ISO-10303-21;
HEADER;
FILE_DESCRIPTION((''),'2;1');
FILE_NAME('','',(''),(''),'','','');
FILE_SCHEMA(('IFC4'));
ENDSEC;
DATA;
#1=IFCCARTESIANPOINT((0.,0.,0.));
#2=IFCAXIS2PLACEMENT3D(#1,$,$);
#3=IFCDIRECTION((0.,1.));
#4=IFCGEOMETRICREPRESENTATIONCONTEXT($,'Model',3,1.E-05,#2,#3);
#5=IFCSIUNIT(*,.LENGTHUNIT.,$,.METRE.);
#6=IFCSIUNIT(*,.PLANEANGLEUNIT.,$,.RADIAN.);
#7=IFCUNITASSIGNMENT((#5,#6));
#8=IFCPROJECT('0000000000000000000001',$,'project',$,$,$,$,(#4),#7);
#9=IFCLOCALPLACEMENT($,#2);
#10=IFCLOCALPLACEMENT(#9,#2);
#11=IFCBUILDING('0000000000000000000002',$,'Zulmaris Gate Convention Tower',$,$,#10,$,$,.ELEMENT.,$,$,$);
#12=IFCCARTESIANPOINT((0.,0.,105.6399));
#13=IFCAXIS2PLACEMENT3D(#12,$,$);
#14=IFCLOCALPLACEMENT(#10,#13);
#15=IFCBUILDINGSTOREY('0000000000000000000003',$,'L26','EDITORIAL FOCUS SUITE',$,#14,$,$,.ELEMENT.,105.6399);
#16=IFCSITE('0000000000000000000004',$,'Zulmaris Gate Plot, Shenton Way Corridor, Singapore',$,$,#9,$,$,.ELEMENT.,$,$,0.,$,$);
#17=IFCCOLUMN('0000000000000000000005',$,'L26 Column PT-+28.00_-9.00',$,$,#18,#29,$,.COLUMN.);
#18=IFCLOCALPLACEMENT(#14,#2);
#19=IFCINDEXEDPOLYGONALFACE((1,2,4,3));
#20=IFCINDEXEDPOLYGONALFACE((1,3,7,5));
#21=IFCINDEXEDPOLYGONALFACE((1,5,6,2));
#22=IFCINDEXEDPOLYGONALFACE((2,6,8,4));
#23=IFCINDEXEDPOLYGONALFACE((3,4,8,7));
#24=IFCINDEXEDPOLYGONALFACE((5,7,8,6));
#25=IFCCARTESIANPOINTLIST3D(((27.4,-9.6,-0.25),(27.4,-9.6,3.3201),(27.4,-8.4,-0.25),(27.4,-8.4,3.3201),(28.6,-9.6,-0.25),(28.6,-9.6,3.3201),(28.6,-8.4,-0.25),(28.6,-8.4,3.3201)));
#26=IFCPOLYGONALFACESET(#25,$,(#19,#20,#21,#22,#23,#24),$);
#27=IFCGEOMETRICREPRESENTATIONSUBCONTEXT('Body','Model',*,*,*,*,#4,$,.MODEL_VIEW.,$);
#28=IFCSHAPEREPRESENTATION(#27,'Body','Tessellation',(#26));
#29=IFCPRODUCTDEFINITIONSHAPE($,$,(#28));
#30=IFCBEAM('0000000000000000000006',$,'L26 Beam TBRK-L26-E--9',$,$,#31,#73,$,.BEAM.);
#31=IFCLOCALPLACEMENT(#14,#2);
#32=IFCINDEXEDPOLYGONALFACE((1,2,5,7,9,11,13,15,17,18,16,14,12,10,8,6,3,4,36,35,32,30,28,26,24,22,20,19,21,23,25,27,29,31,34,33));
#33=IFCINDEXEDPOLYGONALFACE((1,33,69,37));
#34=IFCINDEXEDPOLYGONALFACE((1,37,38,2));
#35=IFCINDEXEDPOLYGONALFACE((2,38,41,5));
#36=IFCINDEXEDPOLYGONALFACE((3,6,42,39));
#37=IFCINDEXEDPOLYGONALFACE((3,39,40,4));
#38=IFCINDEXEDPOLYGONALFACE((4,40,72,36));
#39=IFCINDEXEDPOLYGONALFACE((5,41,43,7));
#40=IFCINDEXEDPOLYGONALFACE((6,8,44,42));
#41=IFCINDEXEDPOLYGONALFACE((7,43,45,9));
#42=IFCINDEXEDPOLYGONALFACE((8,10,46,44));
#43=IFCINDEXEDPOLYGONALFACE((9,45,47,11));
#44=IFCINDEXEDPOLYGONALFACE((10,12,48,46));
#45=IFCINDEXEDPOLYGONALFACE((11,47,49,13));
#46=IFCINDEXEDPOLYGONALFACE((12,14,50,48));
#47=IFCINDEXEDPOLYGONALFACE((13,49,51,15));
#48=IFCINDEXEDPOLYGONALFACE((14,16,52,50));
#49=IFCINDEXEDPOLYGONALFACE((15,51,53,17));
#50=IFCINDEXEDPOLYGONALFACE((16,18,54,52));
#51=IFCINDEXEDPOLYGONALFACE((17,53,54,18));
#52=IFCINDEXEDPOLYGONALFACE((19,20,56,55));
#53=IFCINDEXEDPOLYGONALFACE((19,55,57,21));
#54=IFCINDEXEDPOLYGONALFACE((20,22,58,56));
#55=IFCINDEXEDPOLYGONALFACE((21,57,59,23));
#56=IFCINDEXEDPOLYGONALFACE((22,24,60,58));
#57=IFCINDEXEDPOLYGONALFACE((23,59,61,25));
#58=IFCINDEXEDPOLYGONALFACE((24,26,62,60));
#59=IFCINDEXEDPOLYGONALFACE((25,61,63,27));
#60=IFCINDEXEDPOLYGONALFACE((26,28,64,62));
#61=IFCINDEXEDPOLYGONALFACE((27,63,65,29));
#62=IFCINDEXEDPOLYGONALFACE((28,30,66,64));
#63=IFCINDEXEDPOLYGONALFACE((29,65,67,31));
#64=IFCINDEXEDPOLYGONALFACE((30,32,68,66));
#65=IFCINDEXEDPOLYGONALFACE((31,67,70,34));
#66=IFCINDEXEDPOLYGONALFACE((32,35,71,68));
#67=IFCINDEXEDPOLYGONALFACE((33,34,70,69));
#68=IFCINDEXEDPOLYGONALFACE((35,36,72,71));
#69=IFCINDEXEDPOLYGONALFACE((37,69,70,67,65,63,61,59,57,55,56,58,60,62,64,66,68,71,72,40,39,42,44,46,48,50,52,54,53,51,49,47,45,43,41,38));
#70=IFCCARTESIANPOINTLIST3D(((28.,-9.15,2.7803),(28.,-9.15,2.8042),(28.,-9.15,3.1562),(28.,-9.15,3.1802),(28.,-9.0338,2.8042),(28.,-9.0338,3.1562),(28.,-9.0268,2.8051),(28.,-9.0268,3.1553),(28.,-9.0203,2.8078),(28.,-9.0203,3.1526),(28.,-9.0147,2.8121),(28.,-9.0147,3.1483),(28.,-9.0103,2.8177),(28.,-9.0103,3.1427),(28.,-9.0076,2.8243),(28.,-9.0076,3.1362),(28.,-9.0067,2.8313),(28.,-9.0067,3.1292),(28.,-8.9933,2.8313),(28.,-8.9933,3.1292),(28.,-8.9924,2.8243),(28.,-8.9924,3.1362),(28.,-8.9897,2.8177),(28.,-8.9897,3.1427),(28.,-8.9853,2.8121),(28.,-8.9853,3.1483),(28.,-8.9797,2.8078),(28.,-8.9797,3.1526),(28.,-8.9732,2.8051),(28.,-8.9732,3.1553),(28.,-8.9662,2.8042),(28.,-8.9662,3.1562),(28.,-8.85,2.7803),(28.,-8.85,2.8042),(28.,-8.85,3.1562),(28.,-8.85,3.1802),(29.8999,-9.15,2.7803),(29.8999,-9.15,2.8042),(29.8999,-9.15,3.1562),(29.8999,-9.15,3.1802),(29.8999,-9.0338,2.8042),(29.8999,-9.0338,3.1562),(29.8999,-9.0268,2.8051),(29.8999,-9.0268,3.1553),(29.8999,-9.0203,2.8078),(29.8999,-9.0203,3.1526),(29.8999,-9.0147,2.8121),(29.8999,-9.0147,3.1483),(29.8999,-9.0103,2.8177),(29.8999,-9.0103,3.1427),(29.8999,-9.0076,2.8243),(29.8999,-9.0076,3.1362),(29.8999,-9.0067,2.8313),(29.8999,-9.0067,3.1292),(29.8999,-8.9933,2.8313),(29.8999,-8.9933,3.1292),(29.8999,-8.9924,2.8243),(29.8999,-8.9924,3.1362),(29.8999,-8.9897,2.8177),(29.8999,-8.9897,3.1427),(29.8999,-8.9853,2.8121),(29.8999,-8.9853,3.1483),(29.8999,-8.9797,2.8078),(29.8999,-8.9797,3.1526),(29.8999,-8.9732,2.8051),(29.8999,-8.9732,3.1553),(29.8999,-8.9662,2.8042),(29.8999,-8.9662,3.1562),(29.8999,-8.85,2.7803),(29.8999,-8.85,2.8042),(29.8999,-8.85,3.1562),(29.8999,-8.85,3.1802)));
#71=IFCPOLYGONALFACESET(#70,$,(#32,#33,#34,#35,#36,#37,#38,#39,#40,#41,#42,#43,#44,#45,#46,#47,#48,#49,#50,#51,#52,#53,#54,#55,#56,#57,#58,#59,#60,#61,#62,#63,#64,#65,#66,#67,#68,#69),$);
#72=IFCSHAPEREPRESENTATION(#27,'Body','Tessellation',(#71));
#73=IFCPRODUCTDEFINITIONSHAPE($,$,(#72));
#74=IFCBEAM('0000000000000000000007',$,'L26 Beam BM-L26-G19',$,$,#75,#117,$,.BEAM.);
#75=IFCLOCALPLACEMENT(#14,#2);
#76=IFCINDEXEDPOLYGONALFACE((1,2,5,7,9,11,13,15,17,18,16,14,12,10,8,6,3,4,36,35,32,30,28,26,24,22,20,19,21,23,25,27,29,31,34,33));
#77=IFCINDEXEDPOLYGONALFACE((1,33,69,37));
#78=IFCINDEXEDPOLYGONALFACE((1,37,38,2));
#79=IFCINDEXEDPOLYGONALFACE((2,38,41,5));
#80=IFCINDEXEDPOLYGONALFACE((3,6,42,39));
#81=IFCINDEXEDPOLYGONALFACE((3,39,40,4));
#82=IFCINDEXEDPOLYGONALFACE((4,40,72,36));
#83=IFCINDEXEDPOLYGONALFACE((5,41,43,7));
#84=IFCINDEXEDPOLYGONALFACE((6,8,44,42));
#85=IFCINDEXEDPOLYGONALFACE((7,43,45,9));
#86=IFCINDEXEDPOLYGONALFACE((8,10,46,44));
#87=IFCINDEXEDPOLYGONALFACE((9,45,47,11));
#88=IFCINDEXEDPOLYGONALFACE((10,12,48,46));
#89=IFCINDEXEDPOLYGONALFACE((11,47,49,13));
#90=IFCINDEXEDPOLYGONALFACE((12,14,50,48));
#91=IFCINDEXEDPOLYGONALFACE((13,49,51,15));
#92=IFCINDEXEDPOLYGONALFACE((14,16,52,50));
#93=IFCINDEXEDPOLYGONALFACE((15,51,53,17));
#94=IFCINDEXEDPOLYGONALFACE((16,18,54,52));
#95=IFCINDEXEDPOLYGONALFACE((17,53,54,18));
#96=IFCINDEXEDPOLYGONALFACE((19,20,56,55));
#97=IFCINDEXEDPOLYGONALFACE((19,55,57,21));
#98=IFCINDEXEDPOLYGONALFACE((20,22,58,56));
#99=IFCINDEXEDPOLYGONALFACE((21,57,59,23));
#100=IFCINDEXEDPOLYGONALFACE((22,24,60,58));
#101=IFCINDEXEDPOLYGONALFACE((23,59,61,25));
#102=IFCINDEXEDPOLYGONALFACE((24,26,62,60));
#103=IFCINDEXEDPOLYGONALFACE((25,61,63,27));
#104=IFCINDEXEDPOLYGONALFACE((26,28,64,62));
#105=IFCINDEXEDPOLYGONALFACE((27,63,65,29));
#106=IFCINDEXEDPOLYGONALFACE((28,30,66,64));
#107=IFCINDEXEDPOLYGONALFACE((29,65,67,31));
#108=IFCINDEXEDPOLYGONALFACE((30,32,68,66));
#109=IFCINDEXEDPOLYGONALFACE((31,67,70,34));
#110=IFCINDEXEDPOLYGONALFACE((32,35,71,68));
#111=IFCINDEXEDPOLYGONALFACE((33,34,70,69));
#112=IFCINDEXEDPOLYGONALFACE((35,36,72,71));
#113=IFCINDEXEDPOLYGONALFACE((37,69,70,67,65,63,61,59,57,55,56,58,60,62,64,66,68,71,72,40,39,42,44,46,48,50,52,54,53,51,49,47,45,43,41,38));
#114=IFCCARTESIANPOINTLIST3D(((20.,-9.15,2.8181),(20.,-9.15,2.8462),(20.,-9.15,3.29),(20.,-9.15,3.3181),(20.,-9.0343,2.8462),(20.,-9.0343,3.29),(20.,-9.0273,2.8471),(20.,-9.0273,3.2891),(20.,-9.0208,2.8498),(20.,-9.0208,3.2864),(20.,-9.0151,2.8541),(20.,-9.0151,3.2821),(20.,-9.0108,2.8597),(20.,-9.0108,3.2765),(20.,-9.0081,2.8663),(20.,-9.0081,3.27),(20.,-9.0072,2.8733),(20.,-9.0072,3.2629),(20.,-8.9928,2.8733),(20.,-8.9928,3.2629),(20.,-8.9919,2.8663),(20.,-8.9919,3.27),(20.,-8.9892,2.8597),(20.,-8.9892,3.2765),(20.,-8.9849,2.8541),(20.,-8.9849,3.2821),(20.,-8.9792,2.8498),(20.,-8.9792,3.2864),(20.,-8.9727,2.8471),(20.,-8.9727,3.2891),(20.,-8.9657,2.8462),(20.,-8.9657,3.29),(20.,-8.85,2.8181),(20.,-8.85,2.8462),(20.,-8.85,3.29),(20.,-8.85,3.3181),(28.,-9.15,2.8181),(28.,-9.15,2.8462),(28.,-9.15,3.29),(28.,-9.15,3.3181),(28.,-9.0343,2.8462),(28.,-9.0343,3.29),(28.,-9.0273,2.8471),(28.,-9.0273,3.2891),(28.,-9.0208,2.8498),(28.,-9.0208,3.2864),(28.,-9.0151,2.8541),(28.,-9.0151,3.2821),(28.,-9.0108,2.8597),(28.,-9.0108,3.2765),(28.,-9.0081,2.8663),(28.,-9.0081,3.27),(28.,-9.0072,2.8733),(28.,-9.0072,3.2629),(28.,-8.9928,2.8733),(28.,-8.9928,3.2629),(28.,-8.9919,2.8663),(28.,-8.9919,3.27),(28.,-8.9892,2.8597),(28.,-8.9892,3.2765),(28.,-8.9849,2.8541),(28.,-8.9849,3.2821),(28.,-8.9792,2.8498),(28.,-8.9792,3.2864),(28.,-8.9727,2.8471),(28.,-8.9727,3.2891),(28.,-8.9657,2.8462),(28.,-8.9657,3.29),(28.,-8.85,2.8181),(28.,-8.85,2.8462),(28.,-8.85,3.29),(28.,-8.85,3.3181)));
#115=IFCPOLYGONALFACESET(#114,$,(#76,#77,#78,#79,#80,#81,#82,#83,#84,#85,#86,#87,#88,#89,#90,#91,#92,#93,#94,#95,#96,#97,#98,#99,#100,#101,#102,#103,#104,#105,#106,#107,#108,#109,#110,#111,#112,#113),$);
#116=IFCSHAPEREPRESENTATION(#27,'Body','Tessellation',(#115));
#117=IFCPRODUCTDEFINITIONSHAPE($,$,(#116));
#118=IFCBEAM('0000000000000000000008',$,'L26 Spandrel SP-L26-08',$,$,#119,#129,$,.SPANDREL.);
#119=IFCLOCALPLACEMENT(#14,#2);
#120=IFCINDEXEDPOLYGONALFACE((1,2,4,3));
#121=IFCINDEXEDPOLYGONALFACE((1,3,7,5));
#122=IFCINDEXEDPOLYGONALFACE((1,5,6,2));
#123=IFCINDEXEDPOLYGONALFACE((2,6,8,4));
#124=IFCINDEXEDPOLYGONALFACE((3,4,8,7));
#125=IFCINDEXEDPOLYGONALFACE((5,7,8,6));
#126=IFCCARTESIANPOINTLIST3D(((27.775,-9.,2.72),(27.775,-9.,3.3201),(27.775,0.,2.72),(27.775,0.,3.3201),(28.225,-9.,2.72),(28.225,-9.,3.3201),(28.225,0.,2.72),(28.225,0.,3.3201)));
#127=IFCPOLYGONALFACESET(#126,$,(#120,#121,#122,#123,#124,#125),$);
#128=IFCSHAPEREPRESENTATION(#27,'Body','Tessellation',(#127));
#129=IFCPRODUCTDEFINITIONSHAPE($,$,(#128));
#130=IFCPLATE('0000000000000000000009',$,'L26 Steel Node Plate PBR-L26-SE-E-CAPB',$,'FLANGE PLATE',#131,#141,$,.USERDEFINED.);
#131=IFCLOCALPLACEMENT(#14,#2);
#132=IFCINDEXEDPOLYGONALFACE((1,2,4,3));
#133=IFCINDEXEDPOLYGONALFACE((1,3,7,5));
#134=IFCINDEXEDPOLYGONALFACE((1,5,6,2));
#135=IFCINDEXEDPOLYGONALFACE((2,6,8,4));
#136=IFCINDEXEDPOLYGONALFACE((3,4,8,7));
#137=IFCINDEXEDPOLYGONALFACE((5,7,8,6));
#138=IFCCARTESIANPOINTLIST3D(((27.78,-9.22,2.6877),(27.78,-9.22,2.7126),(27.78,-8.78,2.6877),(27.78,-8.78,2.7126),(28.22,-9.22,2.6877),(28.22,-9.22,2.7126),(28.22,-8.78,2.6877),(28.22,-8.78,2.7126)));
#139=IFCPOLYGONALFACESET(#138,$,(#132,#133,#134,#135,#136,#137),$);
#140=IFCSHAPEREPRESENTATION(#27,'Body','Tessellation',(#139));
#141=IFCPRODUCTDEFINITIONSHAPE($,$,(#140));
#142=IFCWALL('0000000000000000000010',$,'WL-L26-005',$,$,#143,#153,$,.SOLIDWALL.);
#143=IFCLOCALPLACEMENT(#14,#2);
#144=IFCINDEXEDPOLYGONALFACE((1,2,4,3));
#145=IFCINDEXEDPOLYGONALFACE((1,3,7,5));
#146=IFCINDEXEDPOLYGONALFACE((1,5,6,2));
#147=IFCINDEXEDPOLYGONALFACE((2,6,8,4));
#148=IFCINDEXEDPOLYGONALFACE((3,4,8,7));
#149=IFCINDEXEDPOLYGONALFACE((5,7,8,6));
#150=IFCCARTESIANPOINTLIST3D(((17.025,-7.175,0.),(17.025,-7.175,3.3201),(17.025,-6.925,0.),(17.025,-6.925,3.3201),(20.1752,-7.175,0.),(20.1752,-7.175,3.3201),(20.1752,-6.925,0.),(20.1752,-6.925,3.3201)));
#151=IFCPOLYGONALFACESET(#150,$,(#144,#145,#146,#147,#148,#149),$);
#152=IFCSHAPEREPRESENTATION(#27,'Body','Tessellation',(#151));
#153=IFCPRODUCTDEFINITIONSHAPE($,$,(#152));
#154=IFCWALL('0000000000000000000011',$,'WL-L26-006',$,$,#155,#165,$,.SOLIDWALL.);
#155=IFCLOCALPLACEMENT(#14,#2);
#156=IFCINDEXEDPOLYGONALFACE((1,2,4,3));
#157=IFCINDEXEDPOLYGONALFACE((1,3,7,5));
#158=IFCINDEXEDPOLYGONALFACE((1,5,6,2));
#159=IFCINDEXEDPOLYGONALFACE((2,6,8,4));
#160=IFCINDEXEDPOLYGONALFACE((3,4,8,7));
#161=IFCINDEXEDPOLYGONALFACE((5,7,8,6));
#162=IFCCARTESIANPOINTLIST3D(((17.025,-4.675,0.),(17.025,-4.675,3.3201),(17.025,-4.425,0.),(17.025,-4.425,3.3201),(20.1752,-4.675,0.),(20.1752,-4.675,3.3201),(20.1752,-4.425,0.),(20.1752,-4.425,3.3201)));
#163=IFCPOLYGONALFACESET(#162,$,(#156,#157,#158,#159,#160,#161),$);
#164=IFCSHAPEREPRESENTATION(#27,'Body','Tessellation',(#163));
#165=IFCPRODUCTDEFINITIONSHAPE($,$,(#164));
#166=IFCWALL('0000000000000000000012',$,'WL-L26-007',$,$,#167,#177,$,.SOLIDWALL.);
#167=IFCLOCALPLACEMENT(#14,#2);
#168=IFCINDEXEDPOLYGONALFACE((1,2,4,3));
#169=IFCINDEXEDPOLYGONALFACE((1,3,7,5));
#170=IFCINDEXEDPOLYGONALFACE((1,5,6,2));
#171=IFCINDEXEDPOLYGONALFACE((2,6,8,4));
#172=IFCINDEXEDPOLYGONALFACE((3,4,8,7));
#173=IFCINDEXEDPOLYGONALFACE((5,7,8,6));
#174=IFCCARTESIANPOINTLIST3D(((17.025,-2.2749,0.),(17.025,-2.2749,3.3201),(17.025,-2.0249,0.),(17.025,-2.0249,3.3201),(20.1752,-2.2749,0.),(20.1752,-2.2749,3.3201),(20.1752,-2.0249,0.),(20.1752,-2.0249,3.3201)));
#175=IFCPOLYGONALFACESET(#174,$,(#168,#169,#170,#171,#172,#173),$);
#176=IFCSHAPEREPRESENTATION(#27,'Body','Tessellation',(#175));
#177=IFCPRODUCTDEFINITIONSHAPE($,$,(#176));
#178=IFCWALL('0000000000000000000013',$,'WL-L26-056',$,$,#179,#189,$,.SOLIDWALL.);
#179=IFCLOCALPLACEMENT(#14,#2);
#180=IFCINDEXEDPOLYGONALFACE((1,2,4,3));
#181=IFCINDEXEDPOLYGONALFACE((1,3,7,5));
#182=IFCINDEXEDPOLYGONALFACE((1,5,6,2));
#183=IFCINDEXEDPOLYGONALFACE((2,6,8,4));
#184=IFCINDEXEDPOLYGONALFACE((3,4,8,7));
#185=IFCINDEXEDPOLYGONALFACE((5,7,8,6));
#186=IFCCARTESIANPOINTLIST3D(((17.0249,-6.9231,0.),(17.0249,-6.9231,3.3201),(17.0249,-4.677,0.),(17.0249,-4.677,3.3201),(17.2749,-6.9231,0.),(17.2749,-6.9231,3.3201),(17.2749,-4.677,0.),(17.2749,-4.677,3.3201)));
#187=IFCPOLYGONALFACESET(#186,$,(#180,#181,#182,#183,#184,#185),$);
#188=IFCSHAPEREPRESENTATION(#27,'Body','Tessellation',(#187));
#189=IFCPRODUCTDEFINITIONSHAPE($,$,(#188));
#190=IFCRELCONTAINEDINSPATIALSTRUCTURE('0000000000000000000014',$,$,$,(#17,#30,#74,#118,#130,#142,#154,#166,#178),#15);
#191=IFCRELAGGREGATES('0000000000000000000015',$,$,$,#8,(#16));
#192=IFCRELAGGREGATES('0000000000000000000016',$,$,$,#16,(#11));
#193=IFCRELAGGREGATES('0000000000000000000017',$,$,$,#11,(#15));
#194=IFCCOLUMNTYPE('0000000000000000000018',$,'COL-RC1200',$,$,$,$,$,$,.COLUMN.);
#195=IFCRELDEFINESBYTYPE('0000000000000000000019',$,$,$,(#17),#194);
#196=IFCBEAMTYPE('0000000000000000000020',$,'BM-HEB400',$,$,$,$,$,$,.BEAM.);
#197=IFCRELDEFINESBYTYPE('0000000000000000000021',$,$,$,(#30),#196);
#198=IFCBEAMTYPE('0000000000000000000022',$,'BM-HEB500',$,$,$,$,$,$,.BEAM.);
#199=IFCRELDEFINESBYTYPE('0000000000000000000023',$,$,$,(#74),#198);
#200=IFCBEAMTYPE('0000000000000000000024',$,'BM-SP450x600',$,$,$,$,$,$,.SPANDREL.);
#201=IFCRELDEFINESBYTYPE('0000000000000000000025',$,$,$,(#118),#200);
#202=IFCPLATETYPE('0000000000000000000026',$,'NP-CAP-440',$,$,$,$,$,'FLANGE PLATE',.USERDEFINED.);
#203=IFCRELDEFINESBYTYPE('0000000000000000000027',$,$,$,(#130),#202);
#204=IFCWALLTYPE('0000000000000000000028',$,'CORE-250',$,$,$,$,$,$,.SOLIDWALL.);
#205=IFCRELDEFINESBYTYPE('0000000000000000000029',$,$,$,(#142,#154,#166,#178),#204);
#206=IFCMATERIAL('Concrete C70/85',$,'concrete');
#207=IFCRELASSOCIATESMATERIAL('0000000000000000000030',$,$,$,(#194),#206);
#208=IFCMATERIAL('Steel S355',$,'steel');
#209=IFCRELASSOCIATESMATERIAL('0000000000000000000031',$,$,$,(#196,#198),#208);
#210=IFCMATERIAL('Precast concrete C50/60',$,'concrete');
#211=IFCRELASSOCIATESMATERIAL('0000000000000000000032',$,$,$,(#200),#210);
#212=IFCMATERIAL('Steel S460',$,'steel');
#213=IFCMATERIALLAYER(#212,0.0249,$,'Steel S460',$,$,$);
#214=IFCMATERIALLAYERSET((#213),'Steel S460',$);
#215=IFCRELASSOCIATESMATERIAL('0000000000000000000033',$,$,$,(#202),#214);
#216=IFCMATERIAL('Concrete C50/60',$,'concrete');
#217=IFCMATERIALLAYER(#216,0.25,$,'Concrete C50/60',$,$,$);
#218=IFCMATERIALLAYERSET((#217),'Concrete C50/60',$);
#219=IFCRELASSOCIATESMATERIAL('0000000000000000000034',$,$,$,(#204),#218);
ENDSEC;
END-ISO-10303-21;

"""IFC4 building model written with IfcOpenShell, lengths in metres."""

from ifc_helpers import new_model, si_unit, direction, frame, frame_2d, origin, origin_2d, place, context, subcontext, project, spatial, rectangle, i_section, extrude, material, layer, layer_set, material_profile, profile_set, type_object, element, save


model = new_model("IFC4")

# Units and contexts
model_context = context("Model", 3, precision=1e-05, world=origin(), true_north=direction((0.0, 1.0)))
body_context = subcontext(model_context, "Body", "Model", "MODEL_VIEW")
ifc_project = project(units=[si_unit("LENGTHUNIT", "METRE"), si_unit("PLANEANGLEUNIT", "RADIAN")], contexts=[model_context])

# Site, building, storey
site_placement = place(None, origin())
site = spatial("IfcSite", under=ifc_project, at=site_placement, Name="Zulmaris Gate Plot, Shenton Way Corridor, Singapore", CompositionType="ELEMENT", RefElevation=0.0)
building_placement = place(site_placement, origin())
building = spatial("IfcBuilding", under=site, at=building_placement, Name="Zulmaris Gate Convention Tower", CompositionType="ELEMENT")
storey_placement = place(building_placement, frame((0.0, 0.0, 105.6399)))
storey = spatial("IfcBuildingStorey", under=building, at=storey_placement, Name="L26", Description="EDITORIAL FOCUS SUITE", CompositionType="ELEMENT", Elevation=105.6399)

# Column
ifc_material_1 = material(Name="Concrete C70/85", Category="concrete")
ifc_material_profile_1 = material_profile(ifc_material_1, rectangle(XDim=1.2, YDim=1.2, at=origin_2d()), Name="RC COL 1200x1200")
ifc_profile_set_1 = profile_set([ifc_material_profile_1], Name="Concrete C70/85")
column_type = type_object("IfcColumnType", Name="COL-RC1200", PredefinedType="COLUMN", material=ifc_profile_set_1)
column_placement = place(storey_placement, frame((28.0, -9.0, -0.25), z_axis=(0.0, 0.0, 1.0), x_axis=(1.0, 0.0, 0.0)))
element("IfcColumn", 1, at=column_placement, inside=storey, type_object=column_type, Name="L26 Column PT-+28.00_-9.00", PredefinedType="COLUMN", context=body_context, shape_type="SweptSolid", body=[
    extrude(rectangle(XDim=1.2, YDim=1.2, at=origin_2d()), origin(), (0.0, 0.0, 1.0), 3.5701),
])

# Beams
ifc_material_2 = material(Name="Steel S355", Category="steel")
ifc_material_profile_2 = material_profile(ifc_material_2, i_section(OverallWidth=0.3, OverallDepth=0.3999, WebThickness=0.0134, FlangeThickness=0.0239, FilletRadius=0.0271, at=origin_2d()), Name="HEB 400")
ifc_profile_set_2 = profile_set([ifc_material_profile_2], Name="Steel S355")
beam_type_1 = type_object("IfcBeamType", Name="BM-HEB400", PredefinedType="BEAM", material=ifc_profile_set_2)
beam_1_placement = place(storey_placement, frame((28.0, -9.0, 2.9802), z_axis=(1.0, 0.0, 0.0), x_axis=(0.0, 1.0, 0.0)))
element("IfcBeam", 2, at=beam_1_placement, inside=storey, type_object=beam_type_1, Name="L26 Beam TBRK-L26-E--9", PredefinedType="BEAM", context=body_context, shape_type="SweptSolid", body=[
    extrude(i_section(OverallWidth=0.3, OverallDepth=0.3999, WebThickness=0.0134, FlangeThickness=0.0239, FilletRadius=0.0271, at=origin_2d()), origin(), (0.0, 0.0, 1.0), 1.8999),
])
ifc_material_profile_3 = material_profile(ifc_material_2, i_section(OverallWidth=0.3, OverallDepth=0.5, WebThickness=0.0144, FlangeThickness=0.0281, FilletRadius=0.0271, at=origin_2d()), Name="HEB 500")
ifc_profile_set_3 = profile_set([ifc_material_profile_3], Name="Steel S355")
beam_type_2 = type_object("IfcBeamType", Name="BM-HEB500", PredefinedType="BEAM", material=ifc_profile_set_3)
beam_2_placement = place(storey_placement, frame((20.0, -9.0, 3.0681), z_axis=(1.0, 0.0, 0.0), x_axis=(0.0, 1.0, 0.0)))
element("IfcBeam", 3, at=beam_2_placement, inside=storey, type_object=beam_type_2, Name="L26 Beam BM-L26-G19", PredefinedType="BEAM", context=body_context, shape_type="SweptSolid", body=[
    extrude(i_section(OverallWidth=0.3, OverallDepth=0.5, WebThickness=0.0144, FlangeThickness=0.0281, FilletRadius=0.0271, at=origin_2d()), origin(), (0.0, 0.0, 1.0), 8.0),
])
ifc_material_3 = material(Name="Precast concrete C50/60", Category="concrete")
ifc_material_profile_4 = material_profile(ifc_material_3, rectangle(XDim=0.45, YDim=0.6001, at=origin_2d()), Name="RC SPANDREL 450x600")
ifc_profile_set_4 = profile_set([ifc_material_profile_4], Name="Precast concrete C50/60")
beam_type_3 = type_object("IfcBeamType", Name="BM-SP450x600", PredefinedType="SPANDREL", material=ifc_profile_set_4)
beam_3_placement = place(storey_placement, frame((28.0, -9.0, 3.02), z_axis=(0.0, 1.0, 0.0), x_axis=(-1.0, 0.0, 0.0)))
element("IfcBeam", 4, at=beam_3_placement, inside=storey, type_object=beam_type_3, Name="L26 Spandrel SP-L26-08", PredefinedType="SPANDREL", context=body_context, shape_type="SweptSolid", body=[
    extrude(rectangle(XDim=0.45, YDim=0.6001, at=origin_2d()), origin(), (0.0, 0.0, 1.0), 9.0),
])

# Plate
ifc_material_4 = material(Name="Steel S460", Category="steel")
ifc_layer_1 = layer(ifc_material_4, 0.0249, Name="Steel S460")
ifc_layer_set_1 = layer_set([ifc_layer_1], Name="Steel S460")
plate_type = type_object("IfcPlateType", Name="NP-CAP-440", ElementType="FLANGE PLATE", PredefinedType="USERDEFINED", material=ifc_layer_set_1)
plate_placement = place(storey_placement, frame((28.0, -9.0, 2.6877), z_axis=(0.0, 0.0, 1.0), x_axis=(1.0, 0.0, 0.0)))
element("IfcPlate", 5, at=plate_placement, inside=storey, type_object=plate_type, Name="L26 Steel Node Plate PBR-L26-SE-E-CAPB", ObjectType="FLANGE PLATE", PredefinedType="USERDEFINED", context=body_context, shape_type="SweptSolid", body=[
    extrude(rectangle(XDim=0.4399, YDim=0.4399, at=origin_2d()), origin(), (0.0, 0.0, 1.0), 0.0249),
])

# Walls
ifc_material_5 = material(Name="Concrete C50/60", Category="concrete")
ifc_layer_2 = layer(ifc_material_5, 0.25, Name="Concrete C50/60")
ifc_layer_set_2 = layer_set([ifc_layer_2], Name="Concrete C50/60")
wall_type_1 = type_object("IfcWallType", Name="CORE-250", PredefinedType="SOLIDWALL", material=ifc_layer_set_2)
for number, where, z_axis, x_axis, name in (
    (6, (17.0249, -7.05, 0.0), (0.0, 0.0, 1.0), (1.0, 0.0, 0.0), "WL-L26-005"),
    (7, (17.0249, -4.55, 0.0), (0.0, 0.0, 1.0), (1.0, 0.0, 0.0), "WL-L26-006"),
    (8, (17.0249, -2.1499, 0.0), (0.0, 0.0, 1.0), (1.0, 0.0, 0.0), "WL-L26-007"),
):
    element("IfcWall", number, at=place(storey_placement, frame(where, z_axis=z_axis, x_axis=x_axis)), inside=storey, type_object=wall_type_1, Name=name, PredefinedType="SOLIDWALL", context=body_context, shape_type="SweptSolid", body=[
        extrude(rectangle(XDim=3.1501, YDim=0.25, at=frame_2d((1.5752, 0.0))), origin(), (0.0, 0.0, 1.0), 3.3201),
    ])
wall_1_placement = place(storey_placement, frame((17.1499, -6.9231, 0.0), z_axis=(0.0, 0.0, 1.0), x_axis=(0.0, 1.0, 0.0)))
element("IfcWall", 9, at=wall_1_placement, inside=storey, type_object=wall_type_1, Name="WL-L26-056", PredefinedType="SOLIDWALL", context=body_context, shape_type="SweptSolid", body=[
    extrude(rectangle(XDim=2.2461, YDim=0.25, at=frame_2d((1.123, 0.0))), origin(), (0.0, 0.0, 1.0), 3.3201),
])

save(model, "model.ifc")
